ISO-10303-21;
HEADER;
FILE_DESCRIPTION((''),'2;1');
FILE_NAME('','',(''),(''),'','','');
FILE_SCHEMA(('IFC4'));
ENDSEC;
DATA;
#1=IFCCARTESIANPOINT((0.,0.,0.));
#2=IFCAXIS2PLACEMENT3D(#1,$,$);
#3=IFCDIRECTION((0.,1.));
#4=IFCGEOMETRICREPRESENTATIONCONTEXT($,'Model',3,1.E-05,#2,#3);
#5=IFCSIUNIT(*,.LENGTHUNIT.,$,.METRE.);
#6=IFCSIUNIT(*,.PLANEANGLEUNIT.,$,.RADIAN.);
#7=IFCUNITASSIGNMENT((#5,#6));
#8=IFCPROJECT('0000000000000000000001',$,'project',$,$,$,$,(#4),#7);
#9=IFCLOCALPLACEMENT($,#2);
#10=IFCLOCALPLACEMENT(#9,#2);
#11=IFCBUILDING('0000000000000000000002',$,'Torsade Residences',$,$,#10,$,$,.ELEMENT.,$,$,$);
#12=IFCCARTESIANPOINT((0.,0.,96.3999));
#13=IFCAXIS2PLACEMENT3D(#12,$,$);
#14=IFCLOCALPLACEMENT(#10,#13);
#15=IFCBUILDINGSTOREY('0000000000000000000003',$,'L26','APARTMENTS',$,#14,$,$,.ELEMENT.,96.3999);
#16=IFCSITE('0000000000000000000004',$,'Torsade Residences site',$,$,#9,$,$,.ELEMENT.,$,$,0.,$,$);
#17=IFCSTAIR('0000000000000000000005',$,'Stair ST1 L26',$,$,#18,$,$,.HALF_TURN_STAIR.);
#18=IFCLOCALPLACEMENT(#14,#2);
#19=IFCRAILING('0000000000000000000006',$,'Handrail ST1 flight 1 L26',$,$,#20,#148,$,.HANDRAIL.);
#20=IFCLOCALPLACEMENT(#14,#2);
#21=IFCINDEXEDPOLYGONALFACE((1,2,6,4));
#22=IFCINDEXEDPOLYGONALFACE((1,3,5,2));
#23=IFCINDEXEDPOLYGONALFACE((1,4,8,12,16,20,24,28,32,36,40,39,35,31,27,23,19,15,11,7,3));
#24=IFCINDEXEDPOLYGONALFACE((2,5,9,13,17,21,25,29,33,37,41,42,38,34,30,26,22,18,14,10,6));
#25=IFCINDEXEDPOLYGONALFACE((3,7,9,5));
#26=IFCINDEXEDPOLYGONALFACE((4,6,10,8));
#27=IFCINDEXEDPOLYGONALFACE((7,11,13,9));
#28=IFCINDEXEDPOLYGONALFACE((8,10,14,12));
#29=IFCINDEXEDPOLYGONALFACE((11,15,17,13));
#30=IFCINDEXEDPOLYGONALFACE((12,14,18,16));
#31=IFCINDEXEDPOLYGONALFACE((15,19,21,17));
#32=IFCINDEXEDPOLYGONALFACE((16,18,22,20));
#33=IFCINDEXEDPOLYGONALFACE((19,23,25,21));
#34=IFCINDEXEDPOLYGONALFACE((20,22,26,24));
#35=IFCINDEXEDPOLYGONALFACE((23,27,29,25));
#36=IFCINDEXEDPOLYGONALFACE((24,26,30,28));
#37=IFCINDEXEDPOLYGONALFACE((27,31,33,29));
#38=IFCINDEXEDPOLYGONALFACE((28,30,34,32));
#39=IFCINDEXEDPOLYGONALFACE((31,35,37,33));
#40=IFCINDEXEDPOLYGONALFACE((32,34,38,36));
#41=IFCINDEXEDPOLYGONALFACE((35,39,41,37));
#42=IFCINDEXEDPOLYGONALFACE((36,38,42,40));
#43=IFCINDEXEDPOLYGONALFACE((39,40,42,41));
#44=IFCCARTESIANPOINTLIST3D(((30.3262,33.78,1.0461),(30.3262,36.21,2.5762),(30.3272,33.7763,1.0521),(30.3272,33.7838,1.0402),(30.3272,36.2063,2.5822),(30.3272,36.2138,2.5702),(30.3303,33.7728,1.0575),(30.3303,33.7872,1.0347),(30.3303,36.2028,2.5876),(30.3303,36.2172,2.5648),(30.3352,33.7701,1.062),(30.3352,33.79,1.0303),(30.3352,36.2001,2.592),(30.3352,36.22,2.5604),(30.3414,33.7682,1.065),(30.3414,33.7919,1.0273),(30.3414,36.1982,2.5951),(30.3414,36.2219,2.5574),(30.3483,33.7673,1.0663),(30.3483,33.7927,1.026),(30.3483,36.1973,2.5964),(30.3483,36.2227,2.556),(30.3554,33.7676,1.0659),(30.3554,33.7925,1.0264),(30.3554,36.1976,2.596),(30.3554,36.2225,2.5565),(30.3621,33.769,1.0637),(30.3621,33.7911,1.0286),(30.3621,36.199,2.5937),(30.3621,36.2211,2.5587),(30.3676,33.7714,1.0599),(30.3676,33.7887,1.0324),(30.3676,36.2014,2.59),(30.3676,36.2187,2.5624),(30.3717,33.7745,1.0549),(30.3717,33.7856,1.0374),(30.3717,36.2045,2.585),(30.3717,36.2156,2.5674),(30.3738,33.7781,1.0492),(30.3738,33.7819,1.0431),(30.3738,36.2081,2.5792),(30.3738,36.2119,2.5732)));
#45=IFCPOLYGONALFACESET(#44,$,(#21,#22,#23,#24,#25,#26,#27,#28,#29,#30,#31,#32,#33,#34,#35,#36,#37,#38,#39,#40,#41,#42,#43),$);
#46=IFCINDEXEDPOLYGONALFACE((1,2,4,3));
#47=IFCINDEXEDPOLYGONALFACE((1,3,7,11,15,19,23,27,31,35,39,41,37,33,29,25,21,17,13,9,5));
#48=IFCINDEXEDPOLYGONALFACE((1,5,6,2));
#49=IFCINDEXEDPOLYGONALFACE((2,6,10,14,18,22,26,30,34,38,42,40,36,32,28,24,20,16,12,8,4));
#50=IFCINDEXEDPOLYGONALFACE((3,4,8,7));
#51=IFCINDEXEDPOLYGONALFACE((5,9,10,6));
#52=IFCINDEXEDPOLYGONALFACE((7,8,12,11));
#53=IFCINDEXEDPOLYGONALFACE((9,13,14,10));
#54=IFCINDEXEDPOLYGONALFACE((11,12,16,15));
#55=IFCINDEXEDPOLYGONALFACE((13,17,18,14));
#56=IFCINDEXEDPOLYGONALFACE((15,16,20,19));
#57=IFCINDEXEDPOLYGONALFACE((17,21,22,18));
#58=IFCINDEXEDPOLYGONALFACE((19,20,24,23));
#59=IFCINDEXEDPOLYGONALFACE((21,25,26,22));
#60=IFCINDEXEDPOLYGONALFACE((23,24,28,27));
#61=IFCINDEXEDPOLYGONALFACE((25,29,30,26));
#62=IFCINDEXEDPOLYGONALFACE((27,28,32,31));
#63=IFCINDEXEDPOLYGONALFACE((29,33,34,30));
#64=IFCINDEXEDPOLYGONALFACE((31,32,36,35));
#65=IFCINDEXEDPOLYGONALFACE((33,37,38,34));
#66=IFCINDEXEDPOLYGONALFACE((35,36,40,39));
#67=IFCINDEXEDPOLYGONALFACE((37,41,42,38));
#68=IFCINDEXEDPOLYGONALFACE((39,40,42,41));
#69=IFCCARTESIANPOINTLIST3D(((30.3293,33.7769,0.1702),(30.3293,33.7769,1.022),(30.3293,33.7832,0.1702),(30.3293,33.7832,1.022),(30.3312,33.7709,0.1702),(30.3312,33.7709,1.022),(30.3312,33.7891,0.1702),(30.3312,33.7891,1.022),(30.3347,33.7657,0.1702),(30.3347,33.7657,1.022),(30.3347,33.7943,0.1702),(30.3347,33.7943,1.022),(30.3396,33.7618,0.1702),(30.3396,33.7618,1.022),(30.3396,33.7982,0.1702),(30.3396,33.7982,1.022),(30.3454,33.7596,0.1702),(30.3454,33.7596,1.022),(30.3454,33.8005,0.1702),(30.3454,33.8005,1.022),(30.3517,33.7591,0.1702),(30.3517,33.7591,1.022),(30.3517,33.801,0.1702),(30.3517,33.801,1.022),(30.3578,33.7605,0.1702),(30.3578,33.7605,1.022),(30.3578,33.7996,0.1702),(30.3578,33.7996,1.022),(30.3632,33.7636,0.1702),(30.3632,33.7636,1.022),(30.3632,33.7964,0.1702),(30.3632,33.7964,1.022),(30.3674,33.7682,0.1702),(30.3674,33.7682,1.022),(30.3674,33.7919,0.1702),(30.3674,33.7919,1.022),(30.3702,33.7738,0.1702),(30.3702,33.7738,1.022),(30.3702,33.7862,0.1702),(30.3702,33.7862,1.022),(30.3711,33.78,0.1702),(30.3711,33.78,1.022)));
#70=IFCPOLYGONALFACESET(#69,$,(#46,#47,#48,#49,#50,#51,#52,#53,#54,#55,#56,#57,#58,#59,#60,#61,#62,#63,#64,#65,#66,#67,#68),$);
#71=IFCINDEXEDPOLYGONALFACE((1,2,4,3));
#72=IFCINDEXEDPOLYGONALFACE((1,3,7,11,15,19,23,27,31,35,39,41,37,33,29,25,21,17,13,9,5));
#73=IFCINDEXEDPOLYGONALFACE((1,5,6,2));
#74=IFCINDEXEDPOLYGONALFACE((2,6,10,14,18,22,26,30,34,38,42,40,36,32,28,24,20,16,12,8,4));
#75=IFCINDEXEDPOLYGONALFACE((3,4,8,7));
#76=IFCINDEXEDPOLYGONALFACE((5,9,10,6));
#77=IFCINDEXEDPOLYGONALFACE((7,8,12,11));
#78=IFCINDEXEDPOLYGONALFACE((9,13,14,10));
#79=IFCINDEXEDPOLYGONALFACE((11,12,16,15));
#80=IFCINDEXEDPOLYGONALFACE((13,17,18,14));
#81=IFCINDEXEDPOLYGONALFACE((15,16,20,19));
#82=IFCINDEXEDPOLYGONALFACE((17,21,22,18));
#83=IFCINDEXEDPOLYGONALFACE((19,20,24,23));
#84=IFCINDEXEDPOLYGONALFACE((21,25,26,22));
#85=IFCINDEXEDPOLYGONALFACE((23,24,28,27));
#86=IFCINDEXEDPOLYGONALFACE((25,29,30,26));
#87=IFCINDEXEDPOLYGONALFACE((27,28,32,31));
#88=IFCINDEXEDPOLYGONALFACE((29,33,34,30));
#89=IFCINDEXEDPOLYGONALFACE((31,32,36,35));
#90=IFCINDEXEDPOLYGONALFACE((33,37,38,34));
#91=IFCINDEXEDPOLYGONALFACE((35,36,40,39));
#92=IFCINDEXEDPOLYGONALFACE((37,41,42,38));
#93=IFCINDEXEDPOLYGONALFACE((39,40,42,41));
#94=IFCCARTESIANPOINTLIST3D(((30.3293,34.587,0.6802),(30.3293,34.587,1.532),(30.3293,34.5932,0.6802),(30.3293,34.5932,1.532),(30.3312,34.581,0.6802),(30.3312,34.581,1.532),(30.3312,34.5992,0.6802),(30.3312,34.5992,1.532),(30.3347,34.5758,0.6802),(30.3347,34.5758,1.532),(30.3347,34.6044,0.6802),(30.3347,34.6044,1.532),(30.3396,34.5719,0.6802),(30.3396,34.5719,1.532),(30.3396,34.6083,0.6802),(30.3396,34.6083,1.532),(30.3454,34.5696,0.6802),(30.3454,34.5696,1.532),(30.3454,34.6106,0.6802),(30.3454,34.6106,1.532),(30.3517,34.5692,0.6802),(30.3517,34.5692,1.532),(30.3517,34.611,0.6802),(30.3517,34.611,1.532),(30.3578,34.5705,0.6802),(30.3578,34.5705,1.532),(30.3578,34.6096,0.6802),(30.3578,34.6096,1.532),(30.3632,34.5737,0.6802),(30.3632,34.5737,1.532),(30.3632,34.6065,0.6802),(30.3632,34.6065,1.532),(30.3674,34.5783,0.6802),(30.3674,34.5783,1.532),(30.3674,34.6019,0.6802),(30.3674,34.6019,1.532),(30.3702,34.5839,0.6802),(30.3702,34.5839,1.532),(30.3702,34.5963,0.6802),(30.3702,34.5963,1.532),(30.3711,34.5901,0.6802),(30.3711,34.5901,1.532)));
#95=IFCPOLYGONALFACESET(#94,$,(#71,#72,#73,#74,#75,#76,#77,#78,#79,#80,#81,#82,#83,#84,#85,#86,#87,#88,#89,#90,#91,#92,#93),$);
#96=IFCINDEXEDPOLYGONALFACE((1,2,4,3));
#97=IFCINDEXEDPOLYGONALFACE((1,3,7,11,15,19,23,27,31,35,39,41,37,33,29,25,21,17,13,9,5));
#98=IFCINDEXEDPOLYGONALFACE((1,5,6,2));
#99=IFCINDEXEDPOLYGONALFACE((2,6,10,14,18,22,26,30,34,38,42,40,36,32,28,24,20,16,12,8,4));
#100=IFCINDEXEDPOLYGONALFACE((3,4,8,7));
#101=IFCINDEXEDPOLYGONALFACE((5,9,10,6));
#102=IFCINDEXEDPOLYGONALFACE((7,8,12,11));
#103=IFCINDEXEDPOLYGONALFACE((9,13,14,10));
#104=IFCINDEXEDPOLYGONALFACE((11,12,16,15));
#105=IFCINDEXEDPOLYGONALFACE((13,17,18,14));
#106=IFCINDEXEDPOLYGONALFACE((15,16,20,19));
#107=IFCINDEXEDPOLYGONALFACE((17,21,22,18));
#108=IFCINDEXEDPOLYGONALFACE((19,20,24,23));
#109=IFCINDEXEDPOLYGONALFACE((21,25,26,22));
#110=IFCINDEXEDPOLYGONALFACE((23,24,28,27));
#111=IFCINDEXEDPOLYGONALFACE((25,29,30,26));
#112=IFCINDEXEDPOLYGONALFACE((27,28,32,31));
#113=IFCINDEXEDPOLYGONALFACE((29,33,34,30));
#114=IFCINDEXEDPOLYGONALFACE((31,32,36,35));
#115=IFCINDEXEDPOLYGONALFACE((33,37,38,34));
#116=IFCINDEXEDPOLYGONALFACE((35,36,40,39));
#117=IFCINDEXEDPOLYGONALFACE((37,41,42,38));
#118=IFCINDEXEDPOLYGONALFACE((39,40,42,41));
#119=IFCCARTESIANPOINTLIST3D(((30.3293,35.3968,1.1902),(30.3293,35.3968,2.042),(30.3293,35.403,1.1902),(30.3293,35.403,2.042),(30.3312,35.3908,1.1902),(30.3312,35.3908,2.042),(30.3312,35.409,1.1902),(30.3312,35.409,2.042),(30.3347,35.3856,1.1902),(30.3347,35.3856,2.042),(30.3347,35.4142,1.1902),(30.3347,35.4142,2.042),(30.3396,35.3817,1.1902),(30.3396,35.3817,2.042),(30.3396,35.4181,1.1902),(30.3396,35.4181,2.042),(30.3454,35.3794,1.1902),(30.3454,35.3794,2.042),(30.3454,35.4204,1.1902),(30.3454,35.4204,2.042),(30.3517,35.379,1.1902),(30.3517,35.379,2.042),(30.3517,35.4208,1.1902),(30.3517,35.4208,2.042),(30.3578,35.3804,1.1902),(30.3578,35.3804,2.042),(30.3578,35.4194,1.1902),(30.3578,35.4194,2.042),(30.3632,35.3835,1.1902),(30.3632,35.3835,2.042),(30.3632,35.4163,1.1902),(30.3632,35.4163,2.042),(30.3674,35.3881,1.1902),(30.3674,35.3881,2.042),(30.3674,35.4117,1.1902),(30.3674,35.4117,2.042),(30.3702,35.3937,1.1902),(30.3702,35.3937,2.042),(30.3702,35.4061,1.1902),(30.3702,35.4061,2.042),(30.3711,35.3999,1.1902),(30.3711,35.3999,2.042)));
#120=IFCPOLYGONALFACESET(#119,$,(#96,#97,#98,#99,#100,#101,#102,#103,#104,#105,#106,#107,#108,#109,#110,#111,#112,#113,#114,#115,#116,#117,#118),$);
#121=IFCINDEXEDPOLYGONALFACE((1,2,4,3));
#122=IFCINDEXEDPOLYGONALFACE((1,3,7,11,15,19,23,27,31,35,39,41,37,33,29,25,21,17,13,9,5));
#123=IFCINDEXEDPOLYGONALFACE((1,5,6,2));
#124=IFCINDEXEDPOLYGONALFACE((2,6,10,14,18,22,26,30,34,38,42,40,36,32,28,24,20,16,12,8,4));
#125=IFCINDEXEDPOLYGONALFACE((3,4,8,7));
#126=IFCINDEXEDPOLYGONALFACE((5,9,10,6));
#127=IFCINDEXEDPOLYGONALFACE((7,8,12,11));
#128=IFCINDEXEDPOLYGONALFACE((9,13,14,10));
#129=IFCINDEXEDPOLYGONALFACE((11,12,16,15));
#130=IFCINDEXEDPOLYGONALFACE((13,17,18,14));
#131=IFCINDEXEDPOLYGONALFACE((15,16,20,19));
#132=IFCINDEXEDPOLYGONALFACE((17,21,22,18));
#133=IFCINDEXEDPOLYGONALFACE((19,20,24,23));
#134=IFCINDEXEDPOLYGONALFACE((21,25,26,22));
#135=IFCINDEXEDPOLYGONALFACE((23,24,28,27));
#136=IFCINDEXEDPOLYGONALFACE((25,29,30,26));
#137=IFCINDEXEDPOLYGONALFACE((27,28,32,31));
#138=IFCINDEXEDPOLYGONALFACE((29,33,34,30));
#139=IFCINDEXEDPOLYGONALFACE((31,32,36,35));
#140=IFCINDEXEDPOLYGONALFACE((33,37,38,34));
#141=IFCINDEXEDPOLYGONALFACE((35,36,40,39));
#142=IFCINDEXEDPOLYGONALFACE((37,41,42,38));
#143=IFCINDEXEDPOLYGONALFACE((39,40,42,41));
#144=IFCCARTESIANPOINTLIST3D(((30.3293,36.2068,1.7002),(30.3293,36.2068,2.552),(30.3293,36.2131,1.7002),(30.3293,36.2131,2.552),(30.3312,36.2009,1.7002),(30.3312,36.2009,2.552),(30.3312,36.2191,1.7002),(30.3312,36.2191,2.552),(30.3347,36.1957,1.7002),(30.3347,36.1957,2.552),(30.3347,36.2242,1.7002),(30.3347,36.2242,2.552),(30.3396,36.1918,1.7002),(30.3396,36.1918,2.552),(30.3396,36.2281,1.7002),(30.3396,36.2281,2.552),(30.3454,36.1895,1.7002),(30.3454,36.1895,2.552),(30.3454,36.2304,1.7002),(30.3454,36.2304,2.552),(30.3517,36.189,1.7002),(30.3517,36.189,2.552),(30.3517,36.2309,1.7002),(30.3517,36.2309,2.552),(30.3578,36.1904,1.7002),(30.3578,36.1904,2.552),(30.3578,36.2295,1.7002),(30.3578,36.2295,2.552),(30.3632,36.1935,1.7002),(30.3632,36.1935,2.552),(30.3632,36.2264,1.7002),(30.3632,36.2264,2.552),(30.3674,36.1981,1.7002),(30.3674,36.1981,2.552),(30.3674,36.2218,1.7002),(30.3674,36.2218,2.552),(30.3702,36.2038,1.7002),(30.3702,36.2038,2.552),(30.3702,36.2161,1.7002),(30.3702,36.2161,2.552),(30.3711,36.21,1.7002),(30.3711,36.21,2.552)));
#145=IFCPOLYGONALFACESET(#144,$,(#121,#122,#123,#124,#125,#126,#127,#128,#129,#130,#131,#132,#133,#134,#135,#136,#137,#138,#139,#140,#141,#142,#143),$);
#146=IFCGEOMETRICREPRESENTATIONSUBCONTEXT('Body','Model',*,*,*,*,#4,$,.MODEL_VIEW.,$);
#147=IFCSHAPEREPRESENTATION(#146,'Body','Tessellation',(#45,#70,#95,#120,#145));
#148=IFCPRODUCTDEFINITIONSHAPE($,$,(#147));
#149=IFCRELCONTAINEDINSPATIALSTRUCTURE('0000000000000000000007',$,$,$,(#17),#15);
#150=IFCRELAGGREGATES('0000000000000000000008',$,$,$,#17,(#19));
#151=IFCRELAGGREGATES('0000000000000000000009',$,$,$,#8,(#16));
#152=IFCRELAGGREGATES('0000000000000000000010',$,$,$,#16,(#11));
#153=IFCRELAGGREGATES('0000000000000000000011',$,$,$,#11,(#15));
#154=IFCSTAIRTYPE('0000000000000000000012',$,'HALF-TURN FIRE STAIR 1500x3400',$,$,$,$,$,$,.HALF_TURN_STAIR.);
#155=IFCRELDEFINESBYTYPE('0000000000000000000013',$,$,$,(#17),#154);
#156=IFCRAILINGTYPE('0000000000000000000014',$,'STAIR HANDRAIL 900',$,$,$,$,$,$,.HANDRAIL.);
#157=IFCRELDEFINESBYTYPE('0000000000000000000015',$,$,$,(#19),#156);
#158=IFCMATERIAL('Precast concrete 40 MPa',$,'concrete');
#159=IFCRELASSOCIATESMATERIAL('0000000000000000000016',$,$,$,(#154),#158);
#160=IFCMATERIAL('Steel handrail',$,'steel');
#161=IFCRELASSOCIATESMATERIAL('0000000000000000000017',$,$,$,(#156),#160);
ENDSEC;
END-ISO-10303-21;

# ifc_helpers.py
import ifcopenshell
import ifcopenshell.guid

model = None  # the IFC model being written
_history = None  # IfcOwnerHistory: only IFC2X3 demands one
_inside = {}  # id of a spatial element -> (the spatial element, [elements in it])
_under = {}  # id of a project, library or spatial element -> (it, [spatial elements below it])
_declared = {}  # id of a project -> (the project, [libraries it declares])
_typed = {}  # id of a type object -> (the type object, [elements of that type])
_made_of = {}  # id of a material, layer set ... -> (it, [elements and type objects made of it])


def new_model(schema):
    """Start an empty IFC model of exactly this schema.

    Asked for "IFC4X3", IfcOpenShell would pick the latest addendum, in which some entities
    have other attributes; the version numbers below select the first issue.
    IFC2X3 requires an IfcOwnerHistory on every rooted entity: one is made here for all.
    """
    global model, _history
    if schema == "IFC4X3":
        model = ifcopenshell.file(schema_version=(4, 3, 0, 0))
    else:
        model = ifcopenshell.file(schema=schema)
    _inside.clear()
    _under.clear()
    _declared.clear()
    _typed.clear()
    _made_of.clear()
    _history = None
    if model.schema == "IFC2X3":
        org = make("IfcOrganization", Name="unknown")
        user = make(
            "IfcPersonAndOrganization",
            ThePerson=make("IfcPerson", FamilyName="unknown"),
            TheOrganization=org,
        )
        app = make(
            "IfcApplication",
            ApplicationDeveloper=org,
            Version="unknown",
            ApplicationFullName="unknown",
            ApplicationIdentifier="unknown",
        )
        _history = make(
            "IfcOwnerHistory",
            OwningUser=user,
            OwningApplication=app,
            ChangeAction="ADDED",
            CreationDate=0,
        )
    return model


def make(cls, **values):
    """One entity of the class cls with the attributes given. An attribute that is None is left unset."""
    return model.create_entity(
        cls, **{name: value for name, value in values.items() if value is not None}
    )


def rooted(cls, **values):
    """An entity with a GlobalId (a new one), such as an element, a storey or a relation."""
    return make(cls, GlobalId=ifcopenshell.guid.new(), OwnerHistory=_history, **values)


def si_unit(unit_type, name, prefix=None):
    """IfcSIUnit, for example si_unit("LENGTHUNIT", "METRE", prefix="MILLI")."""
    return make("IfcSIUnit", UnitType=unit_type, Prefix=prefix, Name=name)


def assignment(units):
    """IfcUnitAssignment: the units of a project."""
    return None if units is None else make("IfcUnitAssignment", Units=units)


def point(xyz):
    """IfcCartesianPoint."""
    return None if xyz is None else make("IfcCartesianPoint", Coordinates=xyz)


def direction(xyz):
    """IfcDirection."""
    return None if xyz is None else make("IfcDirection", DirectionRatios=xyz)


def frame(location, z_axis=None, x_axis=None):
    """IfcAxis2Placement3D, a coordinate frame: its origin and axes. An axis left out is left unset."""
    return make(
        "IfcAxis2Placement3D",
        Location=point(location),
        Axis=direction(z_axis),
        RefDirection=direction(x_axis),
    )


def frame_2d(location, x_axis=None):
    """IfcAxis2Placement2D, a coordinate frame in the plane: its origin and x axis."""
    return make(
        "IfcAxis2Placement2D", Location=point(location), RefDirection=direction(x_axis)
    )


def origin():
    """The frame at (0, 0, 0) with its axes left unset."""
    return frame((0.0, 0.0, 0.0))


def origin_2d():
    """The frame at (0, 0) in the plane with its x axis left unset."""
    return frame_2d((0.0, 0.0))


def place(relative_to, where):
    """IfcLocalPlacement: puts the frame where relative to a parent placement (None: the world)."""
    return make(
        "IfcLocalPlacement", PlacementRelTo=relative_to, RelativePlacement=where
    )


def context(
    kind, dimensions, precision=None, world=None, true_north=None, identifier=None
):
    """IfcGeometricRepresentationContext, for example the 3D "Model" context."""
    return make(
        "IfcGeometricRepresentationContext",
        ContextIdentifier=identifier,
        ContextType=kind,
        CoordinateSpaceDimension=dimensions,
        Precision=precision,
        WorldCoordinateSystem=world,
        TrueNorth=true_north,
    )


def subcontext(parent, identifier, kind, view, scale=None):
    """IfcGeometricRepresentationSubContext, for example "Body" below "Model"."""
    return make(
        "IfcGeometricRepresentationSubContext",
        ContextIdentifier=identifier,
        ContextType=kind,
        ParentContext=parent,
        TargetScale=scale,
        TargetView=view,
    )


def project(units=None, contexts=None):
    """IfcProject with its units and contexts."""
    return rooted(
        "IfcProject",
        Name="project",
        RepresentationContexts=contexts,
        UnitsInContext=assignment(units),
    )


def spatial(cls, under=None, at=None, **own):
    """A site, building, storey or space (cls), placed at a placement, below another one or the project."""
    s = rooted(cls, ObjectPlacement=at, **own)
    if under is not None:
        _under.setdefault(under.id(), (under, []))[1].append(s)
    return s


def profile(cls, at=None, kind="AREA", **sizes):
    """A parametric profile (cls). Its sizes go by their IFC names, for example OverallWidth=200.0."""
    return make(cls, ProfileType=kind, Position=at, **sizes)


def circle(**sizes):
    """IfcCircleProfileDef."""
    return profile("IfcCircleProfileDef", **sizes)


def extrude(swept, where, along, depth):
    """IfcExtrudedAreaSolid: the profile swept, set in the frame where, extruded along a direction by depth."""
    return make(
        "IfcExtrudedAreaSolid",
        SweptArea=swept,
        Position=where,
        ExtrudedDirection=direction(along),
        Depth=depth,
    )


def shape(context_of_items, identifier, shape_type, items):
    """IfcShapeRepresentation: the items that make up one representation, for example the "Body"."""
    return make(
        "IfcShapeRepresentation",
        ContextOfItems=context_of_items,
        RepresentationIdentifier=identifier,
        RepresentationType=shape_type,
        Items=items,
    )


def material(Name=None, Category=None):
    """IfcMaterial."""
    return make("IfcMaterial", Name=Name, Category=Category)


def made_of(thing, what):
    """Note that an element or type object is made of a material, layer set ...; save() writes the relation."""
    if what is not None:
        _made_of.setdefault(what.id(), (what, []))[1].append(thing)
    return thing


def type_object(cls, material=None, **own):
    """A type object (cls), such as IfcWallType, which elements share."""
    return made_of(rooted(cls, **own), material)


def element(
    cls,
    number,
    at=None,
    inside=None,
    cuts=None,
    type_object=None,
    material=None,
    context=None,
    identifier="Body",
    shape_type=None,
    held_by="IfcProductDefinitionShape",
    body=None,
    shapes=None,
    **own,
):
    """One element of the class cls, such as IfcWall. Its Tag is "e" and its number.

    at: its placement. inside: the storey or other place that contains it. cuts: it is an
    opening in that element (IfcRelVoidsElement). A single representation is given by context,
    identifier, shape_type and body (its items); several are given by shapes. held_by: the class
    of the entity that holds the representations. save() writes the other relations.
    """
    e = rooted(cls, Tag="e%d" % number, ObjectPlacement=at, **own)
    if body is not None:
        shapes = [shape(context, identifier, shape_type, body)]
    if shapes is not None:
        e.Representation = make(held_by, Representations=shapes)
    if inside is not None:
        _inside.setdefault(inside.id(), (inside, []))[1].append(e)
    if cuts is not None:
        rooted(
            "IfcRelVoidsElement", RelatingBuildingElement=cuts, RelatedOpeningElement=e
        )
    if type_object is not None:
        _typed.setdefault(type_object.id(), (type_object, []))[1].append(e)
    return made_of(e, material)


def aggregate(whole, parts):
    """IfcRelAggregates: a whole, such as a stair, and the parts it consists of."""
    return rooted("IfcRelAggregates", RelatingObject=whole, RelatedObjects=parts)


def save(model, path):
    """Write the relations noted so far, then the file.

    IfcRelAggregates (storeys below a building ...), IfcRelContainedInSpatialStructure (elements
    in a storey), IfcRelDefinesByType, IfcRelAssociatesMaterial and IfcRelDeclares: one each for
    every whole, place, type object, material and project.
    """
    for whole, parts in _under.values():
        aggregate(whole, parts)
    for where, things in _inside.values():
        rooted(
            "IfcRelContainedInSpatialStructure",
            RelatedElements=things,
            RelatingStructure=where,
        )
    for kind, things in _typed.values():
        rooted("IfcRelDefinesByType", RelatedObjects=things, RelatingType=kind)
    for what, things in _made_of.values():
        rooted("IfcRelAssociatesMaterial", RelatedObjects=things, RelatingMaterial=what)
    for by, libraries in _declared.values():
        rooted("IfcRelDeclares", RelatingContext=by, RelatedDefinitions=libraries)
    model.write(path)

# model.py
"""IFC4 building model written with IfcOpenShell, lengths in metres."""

from ifc_helpers import new_model, si_unit, direction, frame, origin, origin_2d, place, context, subcontext, project, spatial, circle, extrude, material, type_object, element, aggregate, save


model = new_model("IFC4")

# Units and contexts
model_context = context("Model", 3, precision=1e-05, world=origin(), true_north=direction((0.0, 1.0)))
body_context = subcontext(model_context, "Body", "Model", "MODEL_VIEW")
ifc_project = project(units=[si_unit("LENGTHUNIT", "METRE"), si_unit("PLANEANGLEUNIT", "RADIAN")], contexts=[model_context])

# Site, building, storey
site_placement = place(None, origin())
site = spatial("IfcSite", under=ifc_project, at=site_placement, Name="Torsade Residences site", CompositionType="ELEMENT", RefElevation=0.0)
building_placement = place(site_placement, origin())
building = spatial("IfcBuilding", under=site, at=building_placement, Name="Torsade Residences", CompositionType="ELEMENT")
storey_placement = place(building_placement, frame((0.0, 0.0, 96.3999)))
storey = spatial("IfcBuildingStorey", under=building, at=storey_placement, Name="L26", Description="APARTMENTS", CompositionType="ELEMENT", Elevation=96.3999)

# Stair, railing
ifc_material_1 = material(Name="Precast concrete 40 MPa", Category="concrete")
stair_type = type_object("IfcStairType", Name="HALF-TURN FIRE STAIR 1500x3400", PredefinedType="HALF_TURN_STAIR", material=ifc_material_1)
stair_placement = place(storey_placement, origin())
stair = element("IfcStair", 1, at=stair_placement, inside=storey, type_object=stair_type, Name="Stair ST1 L26", PredefinedType="HALF_TURN_STAIR")
ifc_material_2 = material(Name="Steel handrail", Category="steel")
railing_type = type_object("IfcRailingType", Name="STAIR HANDRAIL 900", PredefinedType="HANDRAIL", material=ifc_material_2)
railing_1_placement = place(storey_placement, frame((30.3501, 33.78, 0.1702)))
railing_1 = element("IfcRailing", 2, at=railing_1_placement, type_object=railing_type, Name="Handrail ST1 flight 1 L26", PredefinedType="HANDRAIL", context=body_context, shape_type="SweptSolid", body=[
    extrude(circle(Radius=0.0239, at=origin_2d()), frame((0.0, 0.0, 0.876), z_axis=(0.0, 0.846221, 0.532831), x_axis=(-1.0, 0.0, 0.0)), (0.0, 0.0, 1.0), 2.8716),
    extrude(circle(Radius=0.021, at=origin_2d()), origin(), (0.0, 0.0, 1.0), 0.8518),
    extrude(circle(Radius=0.021, at=origin_2d()), frame((0.0, 0.8101, 0.51)), (0.0, 0.0, 1.0), 0.8518),
    extrude(circle(Radius=0.021, at=origin_2d()), frame((0.0, 1.6199, 1.02)), (0.0, 0.0, 1.0), 0.8518),
    extrude(circle(Radius=0.021, at=origin_2d()), frame((0.0, 2.4299, 1.53)), (0.0, 0.0, 1.0), 0.8518),
])
aggregate(stair, [railing_1])

save(model, "model.ifc")
